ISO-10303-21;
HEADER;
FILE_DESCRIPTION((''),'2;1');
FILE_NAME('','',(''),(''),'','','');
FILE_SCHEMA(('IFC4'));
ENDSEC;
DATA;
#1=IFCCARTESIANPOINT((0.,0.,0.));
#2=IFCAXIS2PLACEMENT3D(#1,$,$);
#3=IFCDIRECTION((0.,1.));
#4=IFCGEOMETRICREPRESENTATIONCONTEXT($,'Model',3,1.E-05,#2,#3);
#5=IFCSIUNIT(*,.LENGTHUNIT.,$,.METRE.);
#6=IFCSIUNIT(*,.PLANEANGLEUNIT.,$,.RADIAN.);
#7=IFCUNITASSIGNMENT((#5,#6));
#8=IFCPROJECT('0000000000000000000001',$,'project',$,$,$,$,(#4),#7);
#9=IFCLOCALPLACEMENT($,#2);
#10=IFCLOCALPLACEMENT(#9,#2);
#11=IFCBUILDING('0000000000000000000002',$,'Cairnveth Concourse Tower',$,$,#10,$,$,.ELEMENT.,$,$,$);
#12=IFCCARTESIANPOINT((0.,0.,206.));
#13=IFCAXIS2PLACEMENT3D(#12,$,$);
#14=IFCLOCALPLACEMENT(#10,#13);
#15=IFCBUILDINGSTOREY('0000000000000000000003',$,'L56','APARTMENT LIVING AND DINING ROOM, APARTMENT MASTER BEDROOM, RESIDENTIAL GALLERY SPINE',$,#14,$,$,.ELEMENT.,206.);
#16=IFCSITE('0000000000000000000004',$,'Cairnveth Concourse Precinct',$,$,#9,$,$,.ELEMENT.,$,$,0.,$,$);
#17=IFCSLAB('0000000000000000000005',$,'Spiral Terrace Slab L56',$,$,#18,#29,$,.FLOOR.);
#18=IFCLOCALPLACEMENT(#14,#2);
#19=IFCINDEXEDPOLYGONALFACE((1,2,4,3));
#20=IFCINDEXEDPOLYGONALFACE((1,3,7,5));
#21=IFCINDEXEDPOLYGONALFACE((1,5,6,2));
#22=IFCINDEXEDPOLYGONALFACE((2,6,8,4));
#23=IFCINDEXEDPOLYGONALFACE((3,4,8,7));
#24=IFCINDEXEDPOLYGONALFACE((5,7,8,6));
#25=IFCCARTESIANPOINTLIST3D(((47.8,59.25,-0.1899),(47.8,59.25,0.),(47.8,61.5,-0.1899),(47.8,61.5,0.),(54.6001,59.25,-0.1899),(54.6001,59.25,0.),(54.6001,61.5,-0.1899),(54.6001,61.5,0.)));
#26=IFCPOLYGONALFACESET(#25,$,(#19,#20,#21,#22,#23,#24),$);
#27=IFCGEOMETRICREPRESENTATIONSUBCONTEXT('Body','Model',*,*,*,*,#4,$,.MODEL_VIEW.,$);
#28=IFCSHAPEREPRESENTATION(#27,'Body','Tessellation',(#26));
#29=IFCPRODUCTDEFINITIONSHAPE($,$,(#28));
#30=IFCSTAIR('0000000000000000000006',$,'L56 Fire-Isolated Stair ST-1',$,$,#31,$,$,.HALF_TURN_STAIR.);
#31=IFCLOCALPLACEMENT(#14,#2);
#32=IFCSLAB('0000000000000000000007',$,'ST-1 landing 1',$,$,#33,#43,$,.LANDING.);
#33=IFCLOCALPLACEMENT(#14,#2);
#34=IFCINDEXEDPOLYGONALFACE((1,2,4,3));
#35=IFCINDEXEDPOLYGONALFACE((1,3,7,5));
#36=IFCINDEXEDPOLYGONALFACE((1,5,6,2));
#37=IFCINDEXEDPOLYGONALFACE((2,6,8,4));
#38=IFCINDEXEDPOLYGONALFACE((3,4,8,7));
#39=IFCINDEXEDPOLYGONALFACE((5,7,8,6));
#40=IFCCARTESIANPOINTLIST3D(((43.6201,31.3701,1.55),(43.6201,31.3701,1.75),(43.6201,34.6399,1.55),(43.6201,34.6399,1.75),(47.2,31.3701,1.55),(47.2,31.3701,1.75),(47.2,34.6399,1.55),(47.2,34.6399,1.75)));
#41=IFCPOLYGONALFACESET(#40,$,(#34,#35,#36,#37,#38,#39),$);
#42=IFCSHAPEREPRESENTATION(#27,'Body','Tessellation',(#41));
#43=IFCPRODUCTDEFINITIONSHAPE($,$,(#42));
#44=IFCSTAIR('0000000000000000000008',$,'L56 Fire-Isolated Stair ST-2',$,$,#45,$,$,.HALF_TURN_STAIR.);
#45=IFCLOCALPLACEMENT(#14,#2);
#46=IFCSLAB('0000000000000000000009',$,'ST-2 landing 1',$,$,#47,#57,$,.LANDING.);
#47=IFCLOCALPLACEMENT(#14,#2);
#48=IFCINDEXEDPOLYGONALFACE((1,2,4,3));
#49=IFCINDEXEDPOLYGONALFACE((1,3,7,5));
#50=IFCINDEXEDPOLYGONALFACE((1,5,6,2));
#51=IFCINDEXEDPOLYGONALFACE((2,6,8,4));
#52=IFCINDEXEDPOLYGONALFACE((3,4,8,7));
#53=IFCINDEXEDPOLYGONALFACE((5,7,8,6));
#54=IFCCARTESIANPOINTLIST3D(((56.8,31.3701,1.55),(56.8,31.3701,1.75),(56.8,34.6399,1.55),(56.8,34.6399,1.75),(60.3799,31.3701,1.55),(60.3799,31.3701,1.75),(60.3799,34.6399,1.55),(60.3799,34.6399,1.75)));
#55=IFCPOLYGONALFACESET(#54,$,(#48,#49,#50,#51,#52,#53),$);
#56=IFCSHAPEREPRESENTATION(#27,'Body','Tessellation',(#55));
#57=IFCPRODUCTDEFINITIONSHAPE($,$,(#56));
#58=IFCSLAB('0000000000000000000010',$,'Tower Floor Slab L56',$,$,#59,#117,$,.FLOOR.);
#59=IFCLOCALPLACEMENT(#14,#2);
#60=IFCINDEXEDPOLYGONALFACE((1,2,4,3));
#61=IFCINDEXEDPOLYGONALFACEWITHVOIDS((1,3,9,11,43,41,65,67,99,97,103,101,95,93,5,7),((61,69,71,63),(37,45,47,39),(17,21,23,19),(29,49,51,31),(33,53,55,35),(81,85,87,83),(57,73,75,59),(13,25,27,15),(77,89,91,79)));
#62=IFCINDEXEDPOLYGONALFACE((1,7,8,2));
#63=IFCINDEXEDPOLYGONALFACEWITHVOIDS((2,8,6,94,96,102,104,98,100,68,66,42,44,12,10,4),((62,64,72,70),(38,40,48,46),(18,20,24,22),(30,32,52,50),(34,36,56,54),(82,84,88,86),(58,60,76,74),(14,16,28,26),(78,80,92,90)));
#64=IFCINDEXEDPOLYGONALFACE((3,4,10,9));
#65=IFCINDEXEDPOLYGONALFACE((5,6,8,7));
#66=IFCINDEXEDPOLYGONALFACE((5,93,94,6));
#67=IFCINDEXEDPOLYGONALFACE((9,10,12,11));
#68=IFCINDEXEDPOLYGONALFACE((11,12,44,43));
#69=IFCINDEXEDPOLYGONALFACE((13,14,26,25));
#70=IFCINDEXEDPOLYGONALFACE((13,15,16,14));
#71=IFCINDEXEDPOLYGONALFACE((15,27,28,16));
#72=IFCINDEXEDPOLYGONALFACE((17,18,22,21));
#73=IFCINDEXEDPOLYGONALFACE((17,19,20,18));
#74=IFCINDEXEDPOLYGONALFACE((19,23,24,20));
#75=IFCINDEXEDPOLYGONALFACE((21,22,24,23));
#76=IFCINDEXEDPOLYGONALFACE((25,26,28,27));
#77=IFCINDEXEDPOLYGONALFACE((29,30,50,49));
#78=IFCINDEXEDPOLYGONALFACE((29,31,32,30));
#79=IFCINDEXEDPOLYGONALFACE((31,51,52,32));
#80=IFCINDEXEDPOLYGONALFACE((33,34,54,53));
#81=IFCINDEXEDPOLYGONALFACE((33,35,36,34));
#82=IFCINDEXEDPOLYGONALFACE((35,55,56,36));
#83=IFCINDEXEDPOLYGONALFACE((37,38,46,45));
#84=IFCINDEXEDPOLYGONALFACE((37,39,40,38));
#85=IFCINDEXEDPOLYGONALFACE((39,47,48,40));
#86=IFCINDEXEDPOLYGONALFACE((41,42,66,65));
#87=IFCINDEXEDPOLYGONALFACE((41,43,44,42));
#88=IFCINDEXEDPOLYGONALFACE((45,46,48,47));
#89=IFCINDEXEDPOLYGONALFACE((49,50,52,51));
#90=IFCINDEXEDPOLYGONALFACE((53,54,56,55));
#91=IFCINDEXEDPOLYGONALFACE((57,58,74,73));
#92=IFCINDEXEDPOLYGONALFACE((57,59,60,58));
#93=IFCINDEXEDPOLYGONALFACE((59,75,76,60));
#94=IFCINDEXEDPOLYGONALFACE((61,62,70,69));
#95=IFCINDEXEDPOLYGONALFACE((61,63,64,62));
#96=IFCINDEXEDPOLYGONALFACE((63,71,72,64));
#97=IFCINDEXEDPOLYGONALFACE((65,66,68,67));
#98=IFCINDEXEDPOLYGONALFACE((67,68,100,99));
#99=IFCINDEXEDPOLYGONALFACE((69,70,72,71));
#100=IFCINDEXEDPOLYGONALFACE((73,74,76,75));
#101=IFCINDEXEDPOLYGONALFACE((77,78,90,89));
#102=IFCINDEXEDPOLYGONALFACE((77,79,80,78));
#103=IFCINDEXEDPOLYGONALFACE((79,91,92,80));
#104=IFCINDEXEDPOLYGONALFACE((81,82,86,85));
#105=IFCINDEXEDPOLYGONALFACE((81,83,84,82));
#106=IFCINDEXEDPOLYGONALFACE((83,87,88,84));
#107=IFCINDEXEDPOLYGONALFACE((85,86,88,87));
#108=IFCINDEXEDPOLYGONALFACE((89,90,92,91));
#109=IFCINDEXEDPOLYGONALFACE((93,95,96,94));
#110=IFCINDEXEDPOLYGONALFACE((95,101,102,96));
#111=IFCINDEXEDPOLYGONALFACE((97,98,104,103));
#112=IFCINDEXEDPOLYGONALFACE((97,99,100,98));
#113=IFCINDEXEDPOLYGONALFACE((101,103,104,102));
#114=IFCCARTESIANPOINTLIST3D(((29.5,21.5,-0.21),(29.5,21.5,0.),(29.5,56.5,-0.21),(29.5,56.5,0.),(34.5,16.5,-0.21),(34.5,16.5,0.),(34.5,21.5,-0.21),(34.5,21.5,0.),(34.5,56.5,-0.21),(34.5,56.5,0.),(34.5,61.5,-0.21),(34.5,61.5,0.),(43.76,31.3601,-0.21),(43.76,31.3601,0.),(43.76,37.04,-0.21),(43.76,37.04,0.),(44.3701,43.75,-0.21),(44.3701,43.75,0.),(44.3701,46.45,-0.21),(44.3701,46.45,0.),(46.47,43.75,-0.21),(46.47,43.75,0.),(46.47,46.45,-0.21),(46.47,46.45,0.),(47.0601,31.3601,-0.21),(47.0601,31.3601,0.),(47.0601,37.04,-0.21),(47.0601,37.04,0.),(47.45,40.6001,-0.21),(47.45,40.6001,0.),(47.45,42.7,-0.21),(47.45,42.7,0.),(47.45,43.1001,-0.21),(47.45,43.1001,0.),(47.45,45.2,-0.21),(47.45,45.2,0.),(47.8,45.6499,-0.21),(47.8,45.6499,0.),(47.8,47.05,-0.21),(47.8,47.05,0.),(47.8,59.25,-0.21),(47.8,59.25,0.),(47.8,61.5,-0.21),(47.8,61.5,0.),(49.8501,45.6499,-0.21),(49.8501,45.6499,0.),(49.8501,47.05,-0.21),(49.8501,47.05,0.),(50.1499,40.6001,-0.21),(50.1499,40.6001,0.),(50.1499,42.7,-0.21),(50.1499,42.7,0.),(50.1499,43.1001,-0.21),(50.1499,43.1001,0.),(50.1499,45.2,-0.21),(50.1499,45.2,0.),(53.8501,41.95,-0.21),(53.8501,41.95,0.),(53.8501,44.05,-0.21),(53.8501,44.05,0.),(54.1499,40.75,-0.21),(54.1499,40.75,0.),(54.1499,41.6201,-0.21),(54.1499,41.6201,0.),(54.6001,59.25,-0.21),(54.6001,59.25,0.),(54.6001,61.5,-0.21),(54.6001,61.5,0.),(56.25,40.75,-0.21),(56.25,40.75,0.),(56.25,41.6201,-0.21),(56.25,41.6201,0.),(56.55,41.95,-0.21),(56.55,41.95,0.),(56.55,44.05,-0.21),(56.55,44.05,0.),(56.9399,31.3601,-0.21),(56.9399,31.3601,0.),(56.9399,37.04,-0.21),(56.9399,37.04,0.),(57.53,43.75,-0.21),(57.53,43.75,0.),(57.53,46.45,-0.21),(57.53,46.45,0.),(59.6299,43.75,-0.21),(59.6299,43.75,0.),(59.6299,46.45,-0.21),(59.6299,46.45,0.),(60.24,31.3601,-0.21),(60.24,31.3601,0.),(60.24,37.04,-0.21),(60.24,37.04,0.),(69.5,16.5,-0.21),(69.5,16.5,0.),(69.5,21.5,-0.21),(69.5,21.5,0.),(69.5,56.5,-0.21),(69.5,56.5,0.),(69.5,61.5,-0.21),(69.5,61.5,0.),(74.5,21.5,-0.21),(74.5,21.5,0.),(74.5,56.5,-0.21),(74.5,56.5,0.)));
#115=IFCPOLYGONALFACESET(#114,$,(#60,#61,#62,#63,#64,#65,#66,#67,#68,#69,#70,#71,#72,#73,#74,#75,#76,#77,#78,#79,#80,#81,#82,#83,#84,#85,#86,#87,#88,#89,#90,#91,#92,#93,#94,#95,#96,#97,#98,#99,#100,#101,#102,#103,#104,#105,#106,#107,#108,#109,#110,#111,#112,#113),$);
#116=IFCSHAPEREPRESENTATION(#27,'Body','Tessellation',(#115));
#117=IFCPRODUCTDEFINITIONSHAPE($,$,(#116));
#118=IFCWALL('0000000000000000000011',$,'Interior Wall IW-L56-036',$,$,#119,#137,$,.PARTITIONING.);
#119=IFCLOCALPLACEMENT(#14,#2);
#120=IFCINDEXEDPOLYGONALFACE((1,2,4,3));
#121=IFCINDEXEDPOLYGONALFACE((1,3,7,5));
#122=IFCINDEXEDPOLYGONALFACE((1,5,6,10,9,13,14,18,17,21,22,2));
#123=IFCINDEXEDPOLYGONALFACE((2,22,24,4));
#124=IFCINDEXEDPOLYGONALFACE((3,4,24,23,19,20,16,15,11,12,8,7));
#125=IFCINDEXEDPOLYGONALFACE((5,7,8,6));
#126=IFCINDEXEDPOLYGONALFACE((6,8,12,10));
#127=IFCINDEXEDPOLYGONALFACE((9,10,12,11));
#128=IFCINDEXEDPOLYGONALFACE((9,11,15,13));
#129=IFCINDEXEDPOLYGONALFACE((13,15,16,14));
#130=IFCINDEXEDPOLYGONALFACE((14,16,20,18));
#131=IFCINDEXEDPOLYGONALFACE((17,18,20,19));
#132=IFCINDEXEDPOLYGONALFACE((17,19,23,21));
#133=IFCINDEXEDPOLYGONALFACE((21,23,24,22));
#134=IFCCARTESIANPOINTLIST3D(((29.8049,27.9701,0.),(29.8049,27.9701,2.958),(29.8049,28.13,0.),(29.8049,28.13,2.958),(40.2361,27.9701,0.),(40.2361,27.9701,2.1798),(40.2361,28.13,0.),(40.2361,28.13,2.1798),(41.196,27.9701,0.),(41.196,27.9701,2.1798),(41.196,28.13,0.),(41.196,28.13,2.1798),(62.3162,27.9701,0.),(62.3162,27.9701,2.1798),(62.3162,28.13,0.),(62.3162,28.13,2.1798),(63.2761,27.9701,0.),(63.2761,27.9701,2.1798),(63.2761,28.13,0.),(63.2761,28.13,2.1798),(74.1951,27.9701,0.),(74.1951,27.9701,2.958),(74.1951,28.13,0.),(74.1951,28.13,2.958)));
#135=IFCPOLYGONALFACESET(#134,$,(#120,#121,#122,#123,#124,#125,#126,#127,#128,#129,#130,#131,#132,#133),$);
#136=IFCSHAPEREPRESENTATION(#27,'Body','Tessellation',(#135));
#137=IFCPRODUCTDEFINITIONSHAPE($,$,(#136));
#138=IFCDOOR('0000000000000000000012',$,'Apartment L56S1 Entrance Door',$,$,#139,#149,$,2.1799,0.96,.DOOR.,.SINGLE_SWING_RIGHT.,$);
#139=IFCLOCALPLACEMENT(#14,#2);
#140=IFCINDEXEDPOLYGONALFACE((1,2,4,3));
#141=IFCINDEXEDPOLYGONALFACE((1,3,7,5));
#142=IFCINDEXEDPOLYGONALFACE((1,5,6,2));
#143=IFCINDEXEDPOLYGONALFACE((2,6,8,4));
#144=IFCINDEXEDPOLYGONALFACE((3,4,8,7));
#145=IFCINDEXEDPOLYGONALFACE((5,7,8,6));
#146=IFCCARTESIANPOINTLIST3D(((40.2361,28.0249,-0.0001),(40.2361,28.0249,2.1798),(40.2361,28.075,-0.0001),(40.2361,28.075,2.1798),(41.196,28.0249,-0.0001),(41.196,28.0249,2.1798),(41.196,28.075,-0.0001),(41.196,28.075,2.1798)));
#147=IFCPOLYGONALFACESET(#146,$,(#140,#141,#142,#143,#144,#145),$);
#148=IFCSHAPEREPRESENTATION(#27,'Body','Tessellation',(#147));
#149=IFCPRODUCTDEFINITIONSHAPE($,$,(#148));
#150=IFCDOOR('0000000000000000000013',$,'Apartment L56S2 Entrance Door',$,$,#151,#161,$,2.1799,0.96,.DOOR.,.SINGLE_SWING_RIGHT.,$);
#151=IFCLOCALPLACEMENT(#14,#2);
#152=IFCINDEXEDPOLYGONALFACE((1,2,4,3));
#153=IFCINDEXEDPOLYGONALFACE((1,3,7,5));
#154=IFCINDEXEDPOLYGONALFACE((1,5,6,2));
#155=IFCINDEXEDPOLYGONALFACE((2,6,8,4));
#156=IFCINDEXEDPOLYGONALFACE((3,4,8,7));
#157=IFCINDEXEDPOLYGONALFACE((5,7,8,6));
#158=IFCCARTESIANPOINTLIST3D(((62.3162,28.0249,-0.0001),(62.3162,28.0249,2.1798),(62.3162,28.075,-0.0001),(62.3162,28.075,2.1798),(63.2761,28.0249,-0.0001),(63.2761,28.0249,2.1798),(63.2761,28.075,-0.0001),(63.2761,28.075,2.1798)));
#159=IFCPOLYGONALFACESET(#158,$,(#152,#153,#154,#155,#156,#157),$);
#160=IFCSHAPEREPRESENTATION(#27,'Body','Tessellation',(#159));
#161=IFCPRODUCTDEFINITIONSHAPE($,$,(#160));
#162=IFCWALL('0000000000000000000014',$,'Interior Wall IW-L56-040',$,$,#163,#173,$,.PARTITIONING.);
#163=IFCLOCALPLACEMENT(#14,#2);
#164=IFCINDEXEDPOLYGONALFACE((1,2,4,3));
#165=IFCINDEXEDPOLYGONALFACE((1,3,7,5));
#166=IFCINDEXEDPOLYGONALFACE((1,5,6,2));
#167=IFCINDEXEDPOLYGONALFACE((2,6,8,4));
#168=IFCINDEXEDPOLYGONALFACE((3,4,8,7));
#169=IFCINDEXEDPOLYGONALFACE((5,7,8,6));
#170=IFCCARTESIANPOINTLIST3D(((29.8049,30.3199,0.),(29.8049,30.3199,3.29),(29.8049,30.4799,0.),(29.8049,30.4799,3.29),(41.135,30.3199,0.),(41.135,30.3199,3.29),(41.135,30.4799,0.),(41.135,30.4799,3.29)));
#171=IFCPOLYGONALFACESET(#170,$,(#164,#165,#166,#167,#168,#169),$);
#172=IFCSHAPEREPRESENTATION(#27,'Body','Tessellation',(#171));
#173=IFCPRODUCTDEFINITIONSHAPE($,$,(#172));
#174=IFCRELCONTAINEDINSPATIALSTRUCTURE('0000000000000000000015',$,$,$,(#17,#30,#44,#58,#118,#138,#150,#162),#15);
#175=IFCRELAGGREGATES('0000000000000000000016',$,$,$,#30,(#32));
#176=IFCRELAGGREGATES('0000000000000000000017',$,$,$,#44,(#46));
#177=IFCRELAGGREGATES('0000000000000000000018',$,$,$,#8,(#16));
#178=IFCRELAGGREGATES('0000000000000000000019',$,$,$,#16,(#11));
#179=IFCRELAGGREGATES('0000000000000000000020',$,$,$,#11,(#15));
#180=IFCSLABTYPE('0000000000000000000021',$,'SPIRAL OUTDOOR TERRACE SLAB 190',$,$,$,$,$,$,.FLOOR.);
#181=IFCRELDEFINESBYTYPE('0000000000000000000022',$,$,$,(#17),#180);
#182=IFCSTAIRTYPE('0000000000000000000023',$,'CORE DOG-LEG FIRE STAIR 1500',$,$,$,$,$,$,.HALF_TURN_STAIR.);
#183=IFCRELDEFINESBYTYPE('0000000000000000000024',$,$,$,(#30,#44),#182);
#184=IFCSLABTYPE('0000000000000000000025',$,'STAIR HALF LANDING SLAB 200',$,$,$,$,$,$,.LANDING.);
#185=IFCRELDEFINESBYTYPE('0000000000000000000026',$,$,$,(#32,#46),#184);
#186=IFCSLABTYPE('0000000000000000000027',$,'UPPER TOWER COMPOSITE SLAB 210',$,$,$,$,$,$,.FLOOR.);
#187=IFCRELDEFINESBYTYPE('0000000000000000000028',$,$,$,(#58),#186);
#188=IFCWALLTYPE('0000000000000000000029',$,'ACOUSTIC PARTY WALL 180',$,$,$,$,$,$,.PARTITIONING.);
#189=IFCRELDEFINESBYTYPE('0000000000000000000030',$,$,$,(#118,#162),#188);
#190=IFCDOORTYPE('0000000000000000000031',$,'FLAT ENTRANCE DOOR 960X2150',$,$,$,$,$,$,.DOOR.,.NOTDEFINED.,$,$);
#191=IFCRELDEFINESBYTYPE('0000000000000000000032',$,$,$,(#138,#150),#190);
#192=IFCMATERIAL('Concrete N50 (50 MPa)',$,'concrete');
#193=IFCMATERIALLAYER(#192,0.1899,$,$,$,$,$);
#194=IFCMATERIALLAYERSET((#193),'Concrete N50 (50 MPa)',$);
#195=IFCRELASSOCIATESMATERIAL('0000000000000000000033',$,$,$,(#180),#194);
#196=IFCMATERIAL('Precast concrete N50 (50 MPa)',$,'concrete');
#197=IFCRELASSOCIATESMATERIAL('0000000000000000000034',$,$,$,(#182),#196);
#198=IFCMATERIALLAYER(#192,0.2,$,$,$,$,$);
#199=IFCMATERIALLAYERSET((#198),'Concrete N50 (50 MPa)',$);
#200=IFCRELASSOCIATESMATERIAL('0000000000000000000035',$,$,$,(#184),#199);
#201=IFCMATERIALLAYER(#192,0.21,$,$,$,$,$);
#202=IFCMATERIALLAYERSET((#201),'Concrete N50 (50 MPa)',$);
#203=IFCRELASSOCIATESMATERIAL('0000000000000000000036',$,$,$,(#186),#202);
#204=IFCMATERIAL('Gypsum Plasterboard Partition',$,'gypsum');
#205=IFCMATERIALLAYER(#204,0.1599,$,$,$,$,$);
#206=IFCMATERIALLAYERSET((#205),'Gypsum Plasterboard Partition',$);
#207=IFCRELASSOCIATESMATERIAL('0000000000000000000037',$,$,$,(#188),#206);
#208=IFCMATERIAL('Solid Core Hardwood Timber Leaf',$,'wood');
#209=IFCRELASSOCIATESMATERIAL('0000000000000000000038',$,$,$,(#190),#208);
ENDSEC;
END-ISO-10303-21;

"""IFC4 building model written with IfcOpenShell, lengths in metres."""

from ifc_helpers import new_model, si_unit, direction, frame, frame_2d, origin, place, context, subcontext, project, spatial, polyline, rectangle, outline, extrude, material, layer, layer_set, type_object, element, fill, aggregate, save


model = new_model("IFC4")

# Units and contexts
model_context = context("Model", 3, precision=1e-05, world=origin(), true_north=direction((0.0, 1.0)))
body_context = subcontext(model_context, "Body", "Model", "MODEL_VIEW")
ifc_project = project(units=[si_unit("LENGTHUNIT", "METRE"), si_unit("PLANEANGLEUNIT", "RADIAN")], contexts=[model_context])

# Site, building, storey
site_placement = place(None, origin())
site = spatial("IfcSite", under=ifc_project, at=site_placement, Name="Cairnveth Concourse Precinct", CompositionType="ELEMENT", RefElevation=0.0)
building_placement = place(site_placement, origin())
building = spatial("IfcBuilding", under=site, at=building_placement, Name="Cairnveth Concourse Tower", CompositionType="ELEMENT")
storey_placement = place(building_placement, frame((0.0, 0.0, 206.0)))
storey = spatial("IfcBuildingStorey", under=building, at=storey_placement, Name="L56", Description="APARTMENT LIVING AND DINING ROOM, APARTMENT MASTER BEDROOM, RESIDENTIAL GALLERY SPINE", CompositionType="ELEMENT", Elevation=206.0)

# Slab
ifc_material_1 = material(Name="Concrete N50 (50 MPa)", Category="concrete")
ifc_layer_1 = layer(ifc_material_1, 0.1899)
ifc_layer_set_1 = layer_set([ifc_layer_1], Name="Concrete N50 (50 MPa)")
slab_type_1 = type_object("IfcSlabType", Name="SPIRAL OUTDOOR TERRACE SLAB 190", PredefinedType="FLOOR", material=ifc_layer_set_1)
slab_1_placement = place(storey_placement, frame((0.0, 0.0, -0.1899)))
element("IfcSlab", 1, at=slab_1_placement, inside=storey, type_object=slab_type_1, Name="Spiral Terrace Slab L56", PredefinedType="FLOOR", context=body_context, shape_type="SweptSolid", body=[
    extrude(outline(polyline([(47.8, 59.25), (54.6001, 59.25), (54.6001, 61.5), (47.8, 61.5), (47.8, 59.25)])), origin(), (0.0, 0.0, 1.0), 0.1899),
])

# Stairs, slabs
ifc_material_2 = material(Name="Precast concrete N50 (50 MPa)", Category="concrete")
stair_type = type_object("IfcStairType", Name="CORE DOG-LEG FIRE STAIR 1500", PredefinedType="HALF_TURN_STAIR", material=ifc_material_2)
stair_1_placement = place(storey_placement, origin())
stair_1 = element("IfcStair", 2, at=stair_1_placement, inside=storey, type_object=stair_type, Name="L56 Fire-Isolated Stair ST-1", PredefinedType="HALF_TURN_STAIR")
ifc_layer_2 = layer(ifc_material_1, 0.2)
ifc_layer_set_2 = layer_set([ifc_layer_2], Name="Concrete N50 (50 MPa)")
slab_type_2 = type_object("IfcSlabType", Name="STAIR HALF LANDING SLAB 200", PredefinedType="LANDING", material=ifc_layer_set_2)
slab_2_placement = place(storey_placement, frame((0.0, 0.0, 1.55)))
slab_2 = element("IfcSlab", 3, at=slab_2_placement, type_object=slab_type_2, Name="ST-1 landing 1", PredefinedType="LANDING", context=body_context, shape_type="SweptSolid", body=[
    extrude(outline(polyline([(43.6201, 34.6399), (43.6201, 31.3701), (47.2, 31.3701), (47.2, 34.6399), (43.6201, 34.6399)])), origin(), (0.0, 0.0, 1.0), 0.2),
])
aggregate(stair_1, [slab_2])
stair_2_placement = place(storey_placement, origin())
stair_2 = element("IfcStair", 4, at=stair_2_placement, inside=storey, type_object=stair_type, Name="L56 Fire-Isolated Stair ST-2", PredefinedType="HALF_TURN_STAIR")
slab_3_placement = place(storey_placement, frame((0.0, 0.0, 1.55)))
slab_3 = element("IfcSlab", 5, at=slab_3_placement, type_object=slab_type_2, Name="ST-2 landing 1", PredefinedType="LANDING", context=body_context, shape_type="SweptSolid", body=[
    extrude(outline(polyline([(56.8, 34.6399), (56.8, 31.3701), (60.3799, 31.3701), (60.3799, 34.6399), (56.8, 34.6399)])), origin(), (0.0, 0.0, 1.0), 0.2),
])
aggregate(stair_2, [slab_3])

# Slab
ifc_layer_3 = layer(ifc_material_1, 0.21)
ifc_layer_set_3 = layer_set([ifc_layer_3], Name="Concrete N50 (50 MPa)")
slab_type_3 = type_object("IfcSlabType", Name="UPPER TOWER COMPOSITE SLAB 210", PredefinedType="FLOOR", material=ifc_layer_set_3)
slab_4_placement = place(storey_placement, frame((0.0, 0.0, -0.21)))
element("IfcSlab", 6, at=slab_4_placement, inside=storey, type_object=slab_type_3, Name="Tower Floor Slab L56", PredefinedType="FLOOR", context=body_context, shape_type="SweptSolid", body=[
    extrude(outline(polyline([(54.6001, 61.5), (54.6001, 59.25), (47.8, 59.25), (47.8, 61.5), (34.5, 61.5), (34.5, 56.5), (29.5, 56.5), (29.5, 21.5), (34.5, 21.5), (34.5, 16.5), (69.5, 16.5), (69.5, 21.5), (74.5, 21.5), (74.5, 56.5), (69.5, 56.5), (69.5, 61.5), (54.6001, 61.5)]), holes=[polyline([(43.76, 31.3601), (47.0601, 31.3601), (47.0601, 37.04), (43.76, 37.04), (43.76, 31.3601)]), polyline([(56.9399, 31.3601), (60.24, 31.3601), (60.24, 37.04), (56.9399, 37.04), (56.9399, 31.3601)]), polyline([(44.3701, 43.75), (46.47, 43.75), (46.47, 46.45), (44.3701, 46.45), (44.3701, 43.75)]), polyline([(57.53, 43.75), (59.6299, 43.75), (59.6299, 46.45), (57.53, 46.45), (57.53, 43.75)]), polyline([(47.45, 40.6001), (50.1499, 40.6001), (50.1499, 42.7), (47.45, 42.7), (47.45, 40.6001)]), polyline([(47.45, 43.1001), (50.1499, 43.1001), (50.1499, 45.2), (47.45, 45.2), (47.45, 43.1001)]), polyline([(53.8501, 41.95), (56.55, 41.95), (56.55, 44.05), (53.8501, 44.05), (53.8501, 41.95)]), polyline([(47.8, 45.6499), (49.8501, 45.6499), (49.8501, 47.05), (47.8, 47.05), (47.8, 45.6499)]), polyline([(54.1499, 40.75), (56.25, 40.75), (56.25, 41.6201), (54.1499, 41.6201), (54.1499, 40.75)])]), origin(), (0.0, 0.0, 1.0), 0.21),
])

# Wall, openings, doors
ifc_material_3 = material(Name="Gypsum Plasterboard Partition", Category="gypsum")
ifc_layer_4 = layer(ifc_material_3, 0.1599)
ifc_layer_set_4 = layer_set([ifc_layer_4], Name="Gypsum Plasterboard Partition")
wall_type_1 = type_object("IfcWallType", Name="ACOUSTIC PARTY WALL 180", PredefinedType="PARTITIONING", material=ifc_layer_set_4)
wall_1_placement = place(storey_placement, frame((29.8049, 28.05, 0.0), z_axis=(0.0, 0.0, 1.0), x_axis=(1.0, 0.0, 0.0)))
wall_1 = element("IfcWall", 7, at=wall_1_placement, inside=storey, type_object=wall_type_1, Name="Interior Wall IW-L56-036", PredefinedType="PARTITIONING", context=body_context, shape_type="SweptSolid", body=[
    extrude(rectangle(XDim=44.3901, YDim=0.1599, at=frame_2d((22.1951, 0.0))), origin(), (0.0, 0.0, 1.0), 2.958),
])
opening_1_placement = place(wall_1_placement, frame((10.4312, 0.0, 0.0)))
opening_1 = element("IfcOpeningElement", 8, at=opening_1_placement, cuts=wall_1, PredefinedType="OPENING", context=body_context, shape_type="SweptSolid", body=[
    extrude(rectangle(XDim=0.96, YDim=2.1799, at=frame_2d((0.48, 1.0898))), frame((0.0, 0.0898, 0.0), z_axis=(0.0, -1.0, 0.0), x_axis=(1.0, 0.0, 0.0)), (0.0, 0.0, 1.0), 0.1799),
])
opening_2_placement = place(wall_1_placement, frame((32.5112, 0.0, 0.0)))
opening_2 = element("IfcOpeningElement", 9, at=opening_2_placement, cuts=wall_1, PredefinedType="OPENING", context=body_context, shape_type="SweptSolid", body=[
    extrude(rectangle(XDim=0.96, YDim=2.1799, at=frame_2d((0.48, 1.0898))), frame((0.0, 0.0898, 0.0), z_axis=(0.0, -1.0, 0.0), x_axis=(1.0, 0.0, 0.0)), (0.0, 0.0, 1.0), 0.1799),
])
ifc_material_4 = material(Name="Solid Core Hardwood Timber Leaf", Category="wood")
door_type = type_object("IfcDoorType", Name="FLAT ENTRANCE DOOR 960X2150", OperationType="NOTDEFINED", PredefinedType="DOOR", material=ifc_material_4)
door_1_placement = place(opening_1_placement, origin())
door_1 = element("IfcDoor", 10, at=door_1_placement, inside=storey, type_object=door_type, Name="Apartment L56S1 Entrance Door", OperationType="SINGLE_SWING_RIGHT", OverallHeight=2.1799, OverallWidth=0.96, PredefinedType="DOOR", context=body_context, shape_type="SweptSolid", body=[
    extrude(rectangle(XDim=0.96, YDim=2.1799, at=frame_2d((0.48, 1.0898))), frame((0.0, 0.0249, 0.0), z_axis=(0.0, -1.0, 0.0), x_axis=(1.0, 0.0, 0.0)), (0.0, 0.0, 1.0), 0.05),
])
fill(opening_1, door_1)
door_2_placement = place(opening_2_placement, origin())
door_2 = element("IfcDoor", 11, at=door_2_placement, inside=storey, type_object=door_type, Name="Apartment L56S2 Entrance Door", OperationType="SINGLE_SWING_RIGHT", OverallHeight=2.1799, OverallWidth=0.96, PredefinedType="DOOR", context=body_context, shape_type="SweptSolid", body=[
    extrude(rectangle(XDim=0.96, YDim=2.1799, at=frame_2d((0.48, 1.0898))), frame((0.0, 0.0249, 0.0), z_axis=(0.0, -1.0, 0.0), x_axis=(1.0, 0.0, 0.0)), (0.0, 0.0, 1.0), 0.05),
])
fill(opening_2, door_2)

# Wall
wall_2_placement = place(storey_placement, frame((29.8049, 30.3999, 0.0), z_axis=(0.0, 0.0, 1.0), x_axis=(1.0, 0.0, 0.0)))
element("IfcWall", 12, at=wall_2_placement, inside=storey, type_object=wall_type_1, Name="Interior Wall IW-L56-040", PredefinedType="PARTITIONING", context=body_context, shape_type="SweptSolid", body=[
    extrude(rectangle(XDim=11.3301, YDim=0.1599, at=frame_2d((5.665, 0.0))), origin(), (0.0, 0.0, 1.0), 3.29),
])

save(model, "model.ifc")
